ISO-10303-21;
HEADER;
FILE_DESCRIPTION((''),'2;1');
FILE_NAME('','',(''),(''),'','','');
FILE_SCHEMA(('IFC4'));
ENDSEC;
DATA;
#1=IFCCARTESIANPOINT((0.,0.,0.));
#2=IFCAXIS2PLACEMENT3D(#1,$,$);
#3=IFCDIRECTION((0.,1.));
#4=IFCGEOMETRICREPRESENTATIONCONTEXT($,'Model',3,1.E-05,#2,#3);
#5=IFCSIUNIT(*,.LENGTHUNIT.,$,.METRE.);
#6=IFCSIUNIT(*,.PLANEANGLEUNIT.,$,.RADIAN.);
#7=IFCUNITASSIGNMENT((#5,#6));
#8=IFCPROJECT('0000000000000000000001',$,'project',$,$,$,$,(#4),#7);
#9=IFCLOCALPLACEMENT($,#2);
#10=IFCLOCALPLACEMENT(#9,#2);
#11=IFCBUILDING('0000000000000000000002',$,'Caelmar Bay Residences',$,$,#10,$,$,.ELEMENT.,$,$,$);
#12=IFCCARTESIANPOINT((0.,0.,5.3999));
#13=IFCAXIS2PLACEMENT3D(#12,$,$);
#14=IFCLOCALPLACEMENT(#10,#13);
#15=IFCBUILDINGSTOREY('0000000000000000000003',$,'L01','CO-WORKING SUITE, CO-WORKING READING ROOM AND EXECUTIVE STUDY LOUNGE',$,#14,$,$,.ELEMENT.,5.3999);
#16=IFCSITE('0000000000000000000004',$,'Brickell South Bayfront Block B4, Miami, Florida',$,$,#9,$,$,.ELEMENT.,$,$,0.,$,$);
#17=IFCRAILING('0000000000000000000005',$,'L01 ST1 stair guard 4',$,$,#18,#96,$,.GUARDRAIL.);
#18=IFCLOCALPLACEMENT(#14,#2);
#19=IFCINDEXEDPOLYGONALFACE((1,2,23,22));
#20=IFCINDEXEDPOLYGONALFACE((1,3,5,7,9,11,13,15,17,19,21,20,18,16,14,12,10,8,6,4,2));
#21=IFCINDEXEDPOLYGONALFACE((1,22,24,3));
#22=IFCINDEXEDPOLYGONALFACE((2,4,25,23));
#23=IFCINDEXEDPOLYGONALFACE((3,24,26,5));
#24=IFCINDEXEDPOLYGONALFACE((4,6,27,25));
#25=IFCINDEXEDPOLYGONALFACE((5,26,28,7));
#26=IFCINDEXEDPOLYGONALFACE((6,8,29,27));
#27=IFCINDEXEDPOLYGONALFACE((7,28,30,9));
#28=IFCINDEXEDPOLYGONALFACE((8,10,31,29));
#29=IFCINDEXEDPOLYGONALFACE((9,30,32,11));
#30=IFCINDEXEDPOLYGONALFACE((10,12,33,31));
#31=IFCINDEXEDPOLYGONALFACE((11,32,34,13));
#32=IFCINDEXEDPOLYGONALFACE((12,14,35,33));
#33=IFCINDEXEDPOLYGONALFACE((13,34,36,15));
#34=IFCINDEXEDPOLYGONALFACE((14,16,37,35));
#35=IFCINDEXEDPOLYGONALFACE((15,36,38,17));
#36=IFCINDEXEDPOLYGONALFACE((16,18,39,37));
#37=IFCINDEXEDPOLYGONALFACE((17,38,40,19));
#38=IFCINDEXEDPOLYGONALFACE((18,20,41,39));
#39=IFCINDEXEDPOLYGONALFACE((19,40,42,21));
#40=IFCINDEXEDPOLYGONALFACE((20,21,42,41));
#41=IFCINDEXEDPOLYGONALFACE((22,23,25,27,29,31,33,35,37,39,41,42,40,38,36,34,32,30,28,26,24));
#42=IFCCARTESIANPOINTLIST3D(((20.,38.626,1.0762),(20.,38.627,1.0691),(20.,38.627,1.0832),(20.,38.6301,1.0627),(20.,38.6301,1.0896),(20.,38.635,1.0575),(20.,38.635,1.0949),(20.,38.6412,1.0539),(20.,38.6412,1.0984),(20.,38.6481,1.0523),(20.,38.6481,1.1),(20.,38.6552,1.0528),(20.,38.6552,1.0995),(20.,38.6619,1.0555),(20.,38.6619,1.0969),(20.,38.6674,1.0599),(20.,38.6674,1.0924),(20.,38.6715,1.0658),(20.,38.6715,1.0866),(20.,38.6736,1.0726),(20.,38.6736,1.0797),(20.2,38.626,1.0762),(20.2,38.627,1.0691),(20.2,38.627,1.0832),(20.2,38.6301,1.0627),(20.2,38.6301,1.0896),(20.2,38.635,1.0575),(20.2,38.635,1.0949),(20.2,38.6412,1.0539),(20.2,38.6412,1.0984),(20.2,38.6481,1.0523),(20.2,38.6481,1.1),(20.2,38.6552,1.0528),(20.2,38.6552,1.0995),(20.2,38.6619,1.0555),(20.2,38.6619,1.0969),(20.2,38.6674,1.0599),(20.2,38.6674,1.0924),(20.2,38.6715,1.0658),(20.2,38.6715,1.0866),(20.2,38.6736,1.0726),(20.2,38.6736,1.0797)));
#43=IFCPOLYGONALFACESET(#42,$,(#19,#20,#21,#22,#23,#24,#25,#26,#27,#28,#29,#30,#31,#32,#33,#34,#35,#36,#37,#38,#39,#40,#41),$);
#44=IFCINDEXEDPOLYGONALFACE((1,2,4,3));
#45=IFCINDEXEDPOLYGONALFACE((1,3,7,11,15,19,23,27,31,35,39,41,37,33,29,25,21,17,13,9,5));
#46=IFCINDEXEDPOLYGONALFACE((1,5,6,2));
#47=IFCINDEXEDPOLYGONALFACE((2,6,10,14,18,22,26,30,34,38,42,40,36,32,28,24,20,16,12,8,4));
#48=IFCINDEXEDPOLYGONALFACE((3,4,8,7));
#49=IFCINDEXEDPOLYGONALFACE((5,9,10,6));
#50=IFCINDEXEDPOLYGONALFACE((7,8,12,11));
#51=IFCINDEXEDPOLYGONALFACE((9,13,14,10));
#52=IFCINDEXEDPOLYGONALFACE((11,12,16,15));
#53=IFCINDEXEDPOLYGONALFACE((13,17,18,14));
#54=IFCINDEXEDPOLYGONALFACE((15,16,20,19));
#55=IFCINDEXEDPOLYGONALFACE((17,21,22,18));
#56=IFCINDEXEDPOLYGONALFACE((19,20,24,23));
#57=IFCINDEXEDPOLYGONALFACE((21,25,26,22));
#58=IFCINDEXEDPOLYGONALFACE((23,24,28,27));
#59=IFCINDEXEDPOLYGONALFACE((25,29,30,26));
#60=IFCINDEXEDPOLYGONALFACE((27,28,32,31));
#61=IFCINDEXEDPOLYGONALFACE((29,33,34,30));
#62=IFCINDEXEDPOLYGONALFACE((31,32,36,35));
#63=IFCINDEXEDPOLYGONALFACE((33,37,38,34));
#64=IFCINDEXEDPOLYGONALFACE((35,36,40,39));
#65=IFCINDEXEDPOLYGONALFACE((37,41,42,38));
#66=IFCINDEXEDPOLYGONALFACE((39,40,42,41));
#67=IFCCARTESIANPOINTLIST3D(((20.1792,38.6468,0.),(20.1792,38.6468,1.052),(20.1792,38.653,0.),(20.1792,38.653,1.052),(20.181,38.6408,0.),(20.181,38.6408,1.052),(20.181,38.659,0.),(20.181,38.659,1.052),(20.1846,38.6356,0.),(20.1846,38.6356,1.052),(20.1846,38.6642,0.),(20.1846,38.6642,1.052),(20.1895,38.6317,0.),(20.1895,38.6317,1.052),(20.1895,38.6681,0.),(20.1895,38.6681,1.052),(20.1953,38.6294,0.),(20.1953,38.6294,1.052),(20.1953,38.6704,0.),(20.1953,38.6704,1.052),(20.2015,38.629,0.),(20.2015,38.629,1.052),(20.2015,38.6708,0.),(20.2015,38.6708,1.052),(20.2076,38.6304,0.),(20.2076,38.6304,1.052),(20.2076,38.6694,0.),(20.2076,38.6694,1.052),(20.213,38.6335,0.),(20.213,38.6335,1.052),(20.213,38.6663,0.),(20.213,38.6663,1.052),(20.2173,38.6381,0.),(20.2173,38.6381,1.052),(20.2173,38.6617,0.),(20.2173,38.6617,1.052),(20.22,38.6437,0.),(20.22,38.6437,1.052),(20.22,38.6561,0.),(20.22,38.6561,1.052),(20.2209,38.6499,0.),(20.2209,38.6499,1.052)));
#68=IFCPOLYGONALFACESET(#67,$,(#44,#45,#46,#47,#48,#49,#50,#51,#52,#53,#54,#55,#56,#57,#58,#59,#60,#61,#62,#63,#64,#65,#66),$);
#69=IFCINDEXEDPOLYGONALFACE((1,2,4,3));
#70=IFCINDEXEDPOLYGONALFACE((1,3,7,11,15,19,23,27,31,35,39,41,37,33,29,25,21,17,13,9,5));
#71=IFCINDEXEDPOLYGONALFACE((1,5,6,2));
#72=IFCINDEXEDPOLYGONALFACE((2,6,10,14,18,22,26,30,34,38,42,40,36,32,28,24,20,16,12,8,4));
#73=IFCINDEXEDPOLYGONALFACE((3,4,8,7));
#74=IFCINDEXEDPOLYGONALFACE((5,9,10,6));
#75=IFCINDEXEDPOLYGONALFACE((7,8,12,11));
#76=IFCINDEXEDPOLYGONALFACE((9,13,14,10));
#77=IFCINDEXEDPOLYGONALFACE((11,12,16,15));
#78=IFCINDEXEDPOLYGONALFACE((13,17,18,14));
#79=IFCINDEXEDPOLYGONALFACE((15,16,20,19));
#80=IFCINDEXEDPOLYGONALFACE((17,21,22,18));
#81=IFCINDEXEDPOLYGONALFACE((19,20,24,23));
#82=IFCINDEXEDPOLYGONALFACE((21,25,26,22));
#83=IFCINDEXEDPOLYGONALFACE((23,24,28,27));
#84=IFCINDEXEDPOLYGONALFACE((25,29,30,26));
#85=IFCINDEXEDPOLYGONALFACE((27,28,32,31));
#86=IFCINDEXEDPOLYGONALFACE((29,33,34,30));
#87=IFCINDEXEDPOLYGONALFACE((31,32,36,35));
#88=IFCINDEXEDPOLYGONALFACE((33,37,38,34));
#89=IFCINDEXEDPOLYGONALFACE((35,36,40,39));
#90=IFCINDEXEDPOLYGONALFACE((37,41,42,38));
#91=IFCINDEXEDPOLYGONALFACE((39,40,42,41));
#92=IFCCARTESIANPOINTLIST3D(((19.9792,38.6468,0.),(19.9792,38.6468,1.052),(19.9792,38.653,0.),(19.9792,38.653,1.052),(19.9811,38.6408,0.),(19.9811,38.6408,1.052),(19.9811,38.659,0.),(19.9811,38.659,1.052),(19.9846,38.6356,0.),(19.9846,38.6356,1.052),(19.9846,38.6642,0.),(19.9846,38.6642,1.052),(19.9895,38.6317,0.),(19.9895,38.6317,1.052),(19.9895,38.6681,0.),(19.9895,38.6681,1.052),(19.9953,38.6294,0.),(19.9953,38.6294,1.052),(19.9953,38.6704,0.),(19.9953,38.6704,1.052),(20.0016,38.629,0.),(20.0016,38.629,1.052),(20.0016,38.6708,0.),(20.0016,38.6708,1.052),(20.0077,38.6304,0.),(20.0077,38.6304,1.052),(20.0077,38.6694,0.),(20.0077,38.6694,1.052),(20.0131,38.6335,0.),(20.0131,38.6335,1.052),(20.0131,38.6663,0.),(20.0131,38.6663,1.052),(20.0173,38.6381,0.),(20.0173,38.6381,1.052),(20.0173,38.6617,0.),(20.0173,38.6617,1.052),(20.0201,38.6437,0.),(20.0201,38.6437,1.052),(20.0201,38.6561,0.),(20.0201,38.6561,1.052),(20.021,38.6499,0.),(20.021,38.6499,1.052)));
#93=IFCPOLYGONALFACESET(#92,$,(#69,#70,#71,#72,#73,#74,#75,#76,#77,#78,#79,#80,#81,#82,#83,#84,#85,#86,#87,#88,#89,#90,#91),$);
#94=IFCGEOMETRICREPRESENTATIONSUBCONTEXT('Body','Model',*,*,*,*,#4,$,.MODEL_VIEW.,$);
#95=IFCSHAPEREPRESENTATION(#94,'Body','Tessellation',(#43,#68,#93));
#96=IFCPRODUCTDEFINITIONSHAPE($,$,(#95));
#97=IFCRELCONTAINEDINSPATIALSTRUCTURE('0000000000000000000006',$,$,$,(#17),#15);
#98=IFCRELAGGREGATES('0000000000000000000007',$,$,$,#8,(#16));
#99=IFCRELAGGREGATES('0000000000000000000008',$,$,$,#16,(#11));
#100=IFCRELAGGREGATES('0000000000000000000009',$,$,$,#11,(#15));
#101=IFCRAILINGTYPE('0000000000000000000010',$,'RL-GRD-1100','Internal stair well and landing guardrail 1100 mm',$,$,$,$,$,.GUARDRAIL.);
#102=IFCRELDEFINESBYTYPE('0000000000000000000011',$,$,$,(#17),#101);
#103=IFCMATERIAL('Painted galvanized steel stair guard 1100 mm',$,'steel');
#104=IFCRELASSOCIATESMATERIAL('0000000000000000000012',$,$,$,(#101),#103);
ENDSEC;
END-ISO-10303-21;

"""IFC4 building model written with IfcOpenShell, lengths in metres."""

from ifc_helpers import new_model, si_unit, direction, frame, origin, origin_2d, place, context, subcontext, project, spatial, circle, extrude, material, type_object, element, save


model = new_model("IFC4")

# Units and contexts
model_context = context("Model", 3, precision=1e-05, world=origin(), true_north=direction((0.0, 1.0)))
body_context = subcontext(model_context, "Body", "Model", "MODEL_VIEW")
ifc_project = project(units=[si_unit("LENGTHUNIT", "METRE"), si_unit("PLANEANGLEUNIT", "RADIAN")], contexts=[model_context])

# Site, building, storey
site_placement = place(None, origin())
site = spatial("IfcSite", under=ifc_project, at=site_placement, Name="Brickell South Bayfront Block B4, Miami, Florida", CompositionType="ELEMENT", RefElevation=0.0)
building_placement = place(site_placement, origin())
building = spatial("IfcBuilding", under=site, at=building_placement, Name="Caelmar Bay Residences", CompositionType="ELEMENT")
storey_placement = place(building_placement, frame((0.0, 0.0, 5.3999)))
storey = spatial("IfcBuildingStorey", under=building, at=storey_placement, Name="L01", Description="CO-WORKING SUITE, CO-WORKING READING ROOM AND EXECUTIVE STUDY LOUNGE", CompositionType="ELEMENT", Elevation=5.3999)

# Railing
ifc_material_1 = material(Name="Painted galvanized steel stair guard 1100 mm", Category="steel")
railing_type_1 = type_object("IfcRailingType", Name="RL-GRD-1100", Description="Internal stair well and landing guardrail 1100 mm", PredefinedType="GUARDRAIL", material=ifc_material_1)
railing_1_placement = place(storey_placement, frame((20.2, 38.6499, 0.0)))
element("IfcRailing", 1, at=railing_1_placement, inside=storey, type_object=railing_type_1, Name="L01 ST1 stair guard 4", PredefinedType="GUARDRAIL", context=body_context, shape_type="SweptSolid", body=[
    extrude(circle(Radius=0.0239, at=origin_2d()), frame((0.0, 0.0, 1.0762), z_axis=(-1.0, 0.0, 0.0), x_axis=(0.0, -1.0, 0.0)), (0.0, 0.0, 1.0), 0.2),
    extrude(circle(Radius=0.021, at=origin_2d()), origin(), (0.0, 0.0, 1.0), 1.052),
    extrude(circle(Radius=0.021, at=origin_2d()), frame((-0.2, 0.0, 0.0)), (0.0, 0.0, 1.0), 1.052),
])

save(model, "model.ifc")
